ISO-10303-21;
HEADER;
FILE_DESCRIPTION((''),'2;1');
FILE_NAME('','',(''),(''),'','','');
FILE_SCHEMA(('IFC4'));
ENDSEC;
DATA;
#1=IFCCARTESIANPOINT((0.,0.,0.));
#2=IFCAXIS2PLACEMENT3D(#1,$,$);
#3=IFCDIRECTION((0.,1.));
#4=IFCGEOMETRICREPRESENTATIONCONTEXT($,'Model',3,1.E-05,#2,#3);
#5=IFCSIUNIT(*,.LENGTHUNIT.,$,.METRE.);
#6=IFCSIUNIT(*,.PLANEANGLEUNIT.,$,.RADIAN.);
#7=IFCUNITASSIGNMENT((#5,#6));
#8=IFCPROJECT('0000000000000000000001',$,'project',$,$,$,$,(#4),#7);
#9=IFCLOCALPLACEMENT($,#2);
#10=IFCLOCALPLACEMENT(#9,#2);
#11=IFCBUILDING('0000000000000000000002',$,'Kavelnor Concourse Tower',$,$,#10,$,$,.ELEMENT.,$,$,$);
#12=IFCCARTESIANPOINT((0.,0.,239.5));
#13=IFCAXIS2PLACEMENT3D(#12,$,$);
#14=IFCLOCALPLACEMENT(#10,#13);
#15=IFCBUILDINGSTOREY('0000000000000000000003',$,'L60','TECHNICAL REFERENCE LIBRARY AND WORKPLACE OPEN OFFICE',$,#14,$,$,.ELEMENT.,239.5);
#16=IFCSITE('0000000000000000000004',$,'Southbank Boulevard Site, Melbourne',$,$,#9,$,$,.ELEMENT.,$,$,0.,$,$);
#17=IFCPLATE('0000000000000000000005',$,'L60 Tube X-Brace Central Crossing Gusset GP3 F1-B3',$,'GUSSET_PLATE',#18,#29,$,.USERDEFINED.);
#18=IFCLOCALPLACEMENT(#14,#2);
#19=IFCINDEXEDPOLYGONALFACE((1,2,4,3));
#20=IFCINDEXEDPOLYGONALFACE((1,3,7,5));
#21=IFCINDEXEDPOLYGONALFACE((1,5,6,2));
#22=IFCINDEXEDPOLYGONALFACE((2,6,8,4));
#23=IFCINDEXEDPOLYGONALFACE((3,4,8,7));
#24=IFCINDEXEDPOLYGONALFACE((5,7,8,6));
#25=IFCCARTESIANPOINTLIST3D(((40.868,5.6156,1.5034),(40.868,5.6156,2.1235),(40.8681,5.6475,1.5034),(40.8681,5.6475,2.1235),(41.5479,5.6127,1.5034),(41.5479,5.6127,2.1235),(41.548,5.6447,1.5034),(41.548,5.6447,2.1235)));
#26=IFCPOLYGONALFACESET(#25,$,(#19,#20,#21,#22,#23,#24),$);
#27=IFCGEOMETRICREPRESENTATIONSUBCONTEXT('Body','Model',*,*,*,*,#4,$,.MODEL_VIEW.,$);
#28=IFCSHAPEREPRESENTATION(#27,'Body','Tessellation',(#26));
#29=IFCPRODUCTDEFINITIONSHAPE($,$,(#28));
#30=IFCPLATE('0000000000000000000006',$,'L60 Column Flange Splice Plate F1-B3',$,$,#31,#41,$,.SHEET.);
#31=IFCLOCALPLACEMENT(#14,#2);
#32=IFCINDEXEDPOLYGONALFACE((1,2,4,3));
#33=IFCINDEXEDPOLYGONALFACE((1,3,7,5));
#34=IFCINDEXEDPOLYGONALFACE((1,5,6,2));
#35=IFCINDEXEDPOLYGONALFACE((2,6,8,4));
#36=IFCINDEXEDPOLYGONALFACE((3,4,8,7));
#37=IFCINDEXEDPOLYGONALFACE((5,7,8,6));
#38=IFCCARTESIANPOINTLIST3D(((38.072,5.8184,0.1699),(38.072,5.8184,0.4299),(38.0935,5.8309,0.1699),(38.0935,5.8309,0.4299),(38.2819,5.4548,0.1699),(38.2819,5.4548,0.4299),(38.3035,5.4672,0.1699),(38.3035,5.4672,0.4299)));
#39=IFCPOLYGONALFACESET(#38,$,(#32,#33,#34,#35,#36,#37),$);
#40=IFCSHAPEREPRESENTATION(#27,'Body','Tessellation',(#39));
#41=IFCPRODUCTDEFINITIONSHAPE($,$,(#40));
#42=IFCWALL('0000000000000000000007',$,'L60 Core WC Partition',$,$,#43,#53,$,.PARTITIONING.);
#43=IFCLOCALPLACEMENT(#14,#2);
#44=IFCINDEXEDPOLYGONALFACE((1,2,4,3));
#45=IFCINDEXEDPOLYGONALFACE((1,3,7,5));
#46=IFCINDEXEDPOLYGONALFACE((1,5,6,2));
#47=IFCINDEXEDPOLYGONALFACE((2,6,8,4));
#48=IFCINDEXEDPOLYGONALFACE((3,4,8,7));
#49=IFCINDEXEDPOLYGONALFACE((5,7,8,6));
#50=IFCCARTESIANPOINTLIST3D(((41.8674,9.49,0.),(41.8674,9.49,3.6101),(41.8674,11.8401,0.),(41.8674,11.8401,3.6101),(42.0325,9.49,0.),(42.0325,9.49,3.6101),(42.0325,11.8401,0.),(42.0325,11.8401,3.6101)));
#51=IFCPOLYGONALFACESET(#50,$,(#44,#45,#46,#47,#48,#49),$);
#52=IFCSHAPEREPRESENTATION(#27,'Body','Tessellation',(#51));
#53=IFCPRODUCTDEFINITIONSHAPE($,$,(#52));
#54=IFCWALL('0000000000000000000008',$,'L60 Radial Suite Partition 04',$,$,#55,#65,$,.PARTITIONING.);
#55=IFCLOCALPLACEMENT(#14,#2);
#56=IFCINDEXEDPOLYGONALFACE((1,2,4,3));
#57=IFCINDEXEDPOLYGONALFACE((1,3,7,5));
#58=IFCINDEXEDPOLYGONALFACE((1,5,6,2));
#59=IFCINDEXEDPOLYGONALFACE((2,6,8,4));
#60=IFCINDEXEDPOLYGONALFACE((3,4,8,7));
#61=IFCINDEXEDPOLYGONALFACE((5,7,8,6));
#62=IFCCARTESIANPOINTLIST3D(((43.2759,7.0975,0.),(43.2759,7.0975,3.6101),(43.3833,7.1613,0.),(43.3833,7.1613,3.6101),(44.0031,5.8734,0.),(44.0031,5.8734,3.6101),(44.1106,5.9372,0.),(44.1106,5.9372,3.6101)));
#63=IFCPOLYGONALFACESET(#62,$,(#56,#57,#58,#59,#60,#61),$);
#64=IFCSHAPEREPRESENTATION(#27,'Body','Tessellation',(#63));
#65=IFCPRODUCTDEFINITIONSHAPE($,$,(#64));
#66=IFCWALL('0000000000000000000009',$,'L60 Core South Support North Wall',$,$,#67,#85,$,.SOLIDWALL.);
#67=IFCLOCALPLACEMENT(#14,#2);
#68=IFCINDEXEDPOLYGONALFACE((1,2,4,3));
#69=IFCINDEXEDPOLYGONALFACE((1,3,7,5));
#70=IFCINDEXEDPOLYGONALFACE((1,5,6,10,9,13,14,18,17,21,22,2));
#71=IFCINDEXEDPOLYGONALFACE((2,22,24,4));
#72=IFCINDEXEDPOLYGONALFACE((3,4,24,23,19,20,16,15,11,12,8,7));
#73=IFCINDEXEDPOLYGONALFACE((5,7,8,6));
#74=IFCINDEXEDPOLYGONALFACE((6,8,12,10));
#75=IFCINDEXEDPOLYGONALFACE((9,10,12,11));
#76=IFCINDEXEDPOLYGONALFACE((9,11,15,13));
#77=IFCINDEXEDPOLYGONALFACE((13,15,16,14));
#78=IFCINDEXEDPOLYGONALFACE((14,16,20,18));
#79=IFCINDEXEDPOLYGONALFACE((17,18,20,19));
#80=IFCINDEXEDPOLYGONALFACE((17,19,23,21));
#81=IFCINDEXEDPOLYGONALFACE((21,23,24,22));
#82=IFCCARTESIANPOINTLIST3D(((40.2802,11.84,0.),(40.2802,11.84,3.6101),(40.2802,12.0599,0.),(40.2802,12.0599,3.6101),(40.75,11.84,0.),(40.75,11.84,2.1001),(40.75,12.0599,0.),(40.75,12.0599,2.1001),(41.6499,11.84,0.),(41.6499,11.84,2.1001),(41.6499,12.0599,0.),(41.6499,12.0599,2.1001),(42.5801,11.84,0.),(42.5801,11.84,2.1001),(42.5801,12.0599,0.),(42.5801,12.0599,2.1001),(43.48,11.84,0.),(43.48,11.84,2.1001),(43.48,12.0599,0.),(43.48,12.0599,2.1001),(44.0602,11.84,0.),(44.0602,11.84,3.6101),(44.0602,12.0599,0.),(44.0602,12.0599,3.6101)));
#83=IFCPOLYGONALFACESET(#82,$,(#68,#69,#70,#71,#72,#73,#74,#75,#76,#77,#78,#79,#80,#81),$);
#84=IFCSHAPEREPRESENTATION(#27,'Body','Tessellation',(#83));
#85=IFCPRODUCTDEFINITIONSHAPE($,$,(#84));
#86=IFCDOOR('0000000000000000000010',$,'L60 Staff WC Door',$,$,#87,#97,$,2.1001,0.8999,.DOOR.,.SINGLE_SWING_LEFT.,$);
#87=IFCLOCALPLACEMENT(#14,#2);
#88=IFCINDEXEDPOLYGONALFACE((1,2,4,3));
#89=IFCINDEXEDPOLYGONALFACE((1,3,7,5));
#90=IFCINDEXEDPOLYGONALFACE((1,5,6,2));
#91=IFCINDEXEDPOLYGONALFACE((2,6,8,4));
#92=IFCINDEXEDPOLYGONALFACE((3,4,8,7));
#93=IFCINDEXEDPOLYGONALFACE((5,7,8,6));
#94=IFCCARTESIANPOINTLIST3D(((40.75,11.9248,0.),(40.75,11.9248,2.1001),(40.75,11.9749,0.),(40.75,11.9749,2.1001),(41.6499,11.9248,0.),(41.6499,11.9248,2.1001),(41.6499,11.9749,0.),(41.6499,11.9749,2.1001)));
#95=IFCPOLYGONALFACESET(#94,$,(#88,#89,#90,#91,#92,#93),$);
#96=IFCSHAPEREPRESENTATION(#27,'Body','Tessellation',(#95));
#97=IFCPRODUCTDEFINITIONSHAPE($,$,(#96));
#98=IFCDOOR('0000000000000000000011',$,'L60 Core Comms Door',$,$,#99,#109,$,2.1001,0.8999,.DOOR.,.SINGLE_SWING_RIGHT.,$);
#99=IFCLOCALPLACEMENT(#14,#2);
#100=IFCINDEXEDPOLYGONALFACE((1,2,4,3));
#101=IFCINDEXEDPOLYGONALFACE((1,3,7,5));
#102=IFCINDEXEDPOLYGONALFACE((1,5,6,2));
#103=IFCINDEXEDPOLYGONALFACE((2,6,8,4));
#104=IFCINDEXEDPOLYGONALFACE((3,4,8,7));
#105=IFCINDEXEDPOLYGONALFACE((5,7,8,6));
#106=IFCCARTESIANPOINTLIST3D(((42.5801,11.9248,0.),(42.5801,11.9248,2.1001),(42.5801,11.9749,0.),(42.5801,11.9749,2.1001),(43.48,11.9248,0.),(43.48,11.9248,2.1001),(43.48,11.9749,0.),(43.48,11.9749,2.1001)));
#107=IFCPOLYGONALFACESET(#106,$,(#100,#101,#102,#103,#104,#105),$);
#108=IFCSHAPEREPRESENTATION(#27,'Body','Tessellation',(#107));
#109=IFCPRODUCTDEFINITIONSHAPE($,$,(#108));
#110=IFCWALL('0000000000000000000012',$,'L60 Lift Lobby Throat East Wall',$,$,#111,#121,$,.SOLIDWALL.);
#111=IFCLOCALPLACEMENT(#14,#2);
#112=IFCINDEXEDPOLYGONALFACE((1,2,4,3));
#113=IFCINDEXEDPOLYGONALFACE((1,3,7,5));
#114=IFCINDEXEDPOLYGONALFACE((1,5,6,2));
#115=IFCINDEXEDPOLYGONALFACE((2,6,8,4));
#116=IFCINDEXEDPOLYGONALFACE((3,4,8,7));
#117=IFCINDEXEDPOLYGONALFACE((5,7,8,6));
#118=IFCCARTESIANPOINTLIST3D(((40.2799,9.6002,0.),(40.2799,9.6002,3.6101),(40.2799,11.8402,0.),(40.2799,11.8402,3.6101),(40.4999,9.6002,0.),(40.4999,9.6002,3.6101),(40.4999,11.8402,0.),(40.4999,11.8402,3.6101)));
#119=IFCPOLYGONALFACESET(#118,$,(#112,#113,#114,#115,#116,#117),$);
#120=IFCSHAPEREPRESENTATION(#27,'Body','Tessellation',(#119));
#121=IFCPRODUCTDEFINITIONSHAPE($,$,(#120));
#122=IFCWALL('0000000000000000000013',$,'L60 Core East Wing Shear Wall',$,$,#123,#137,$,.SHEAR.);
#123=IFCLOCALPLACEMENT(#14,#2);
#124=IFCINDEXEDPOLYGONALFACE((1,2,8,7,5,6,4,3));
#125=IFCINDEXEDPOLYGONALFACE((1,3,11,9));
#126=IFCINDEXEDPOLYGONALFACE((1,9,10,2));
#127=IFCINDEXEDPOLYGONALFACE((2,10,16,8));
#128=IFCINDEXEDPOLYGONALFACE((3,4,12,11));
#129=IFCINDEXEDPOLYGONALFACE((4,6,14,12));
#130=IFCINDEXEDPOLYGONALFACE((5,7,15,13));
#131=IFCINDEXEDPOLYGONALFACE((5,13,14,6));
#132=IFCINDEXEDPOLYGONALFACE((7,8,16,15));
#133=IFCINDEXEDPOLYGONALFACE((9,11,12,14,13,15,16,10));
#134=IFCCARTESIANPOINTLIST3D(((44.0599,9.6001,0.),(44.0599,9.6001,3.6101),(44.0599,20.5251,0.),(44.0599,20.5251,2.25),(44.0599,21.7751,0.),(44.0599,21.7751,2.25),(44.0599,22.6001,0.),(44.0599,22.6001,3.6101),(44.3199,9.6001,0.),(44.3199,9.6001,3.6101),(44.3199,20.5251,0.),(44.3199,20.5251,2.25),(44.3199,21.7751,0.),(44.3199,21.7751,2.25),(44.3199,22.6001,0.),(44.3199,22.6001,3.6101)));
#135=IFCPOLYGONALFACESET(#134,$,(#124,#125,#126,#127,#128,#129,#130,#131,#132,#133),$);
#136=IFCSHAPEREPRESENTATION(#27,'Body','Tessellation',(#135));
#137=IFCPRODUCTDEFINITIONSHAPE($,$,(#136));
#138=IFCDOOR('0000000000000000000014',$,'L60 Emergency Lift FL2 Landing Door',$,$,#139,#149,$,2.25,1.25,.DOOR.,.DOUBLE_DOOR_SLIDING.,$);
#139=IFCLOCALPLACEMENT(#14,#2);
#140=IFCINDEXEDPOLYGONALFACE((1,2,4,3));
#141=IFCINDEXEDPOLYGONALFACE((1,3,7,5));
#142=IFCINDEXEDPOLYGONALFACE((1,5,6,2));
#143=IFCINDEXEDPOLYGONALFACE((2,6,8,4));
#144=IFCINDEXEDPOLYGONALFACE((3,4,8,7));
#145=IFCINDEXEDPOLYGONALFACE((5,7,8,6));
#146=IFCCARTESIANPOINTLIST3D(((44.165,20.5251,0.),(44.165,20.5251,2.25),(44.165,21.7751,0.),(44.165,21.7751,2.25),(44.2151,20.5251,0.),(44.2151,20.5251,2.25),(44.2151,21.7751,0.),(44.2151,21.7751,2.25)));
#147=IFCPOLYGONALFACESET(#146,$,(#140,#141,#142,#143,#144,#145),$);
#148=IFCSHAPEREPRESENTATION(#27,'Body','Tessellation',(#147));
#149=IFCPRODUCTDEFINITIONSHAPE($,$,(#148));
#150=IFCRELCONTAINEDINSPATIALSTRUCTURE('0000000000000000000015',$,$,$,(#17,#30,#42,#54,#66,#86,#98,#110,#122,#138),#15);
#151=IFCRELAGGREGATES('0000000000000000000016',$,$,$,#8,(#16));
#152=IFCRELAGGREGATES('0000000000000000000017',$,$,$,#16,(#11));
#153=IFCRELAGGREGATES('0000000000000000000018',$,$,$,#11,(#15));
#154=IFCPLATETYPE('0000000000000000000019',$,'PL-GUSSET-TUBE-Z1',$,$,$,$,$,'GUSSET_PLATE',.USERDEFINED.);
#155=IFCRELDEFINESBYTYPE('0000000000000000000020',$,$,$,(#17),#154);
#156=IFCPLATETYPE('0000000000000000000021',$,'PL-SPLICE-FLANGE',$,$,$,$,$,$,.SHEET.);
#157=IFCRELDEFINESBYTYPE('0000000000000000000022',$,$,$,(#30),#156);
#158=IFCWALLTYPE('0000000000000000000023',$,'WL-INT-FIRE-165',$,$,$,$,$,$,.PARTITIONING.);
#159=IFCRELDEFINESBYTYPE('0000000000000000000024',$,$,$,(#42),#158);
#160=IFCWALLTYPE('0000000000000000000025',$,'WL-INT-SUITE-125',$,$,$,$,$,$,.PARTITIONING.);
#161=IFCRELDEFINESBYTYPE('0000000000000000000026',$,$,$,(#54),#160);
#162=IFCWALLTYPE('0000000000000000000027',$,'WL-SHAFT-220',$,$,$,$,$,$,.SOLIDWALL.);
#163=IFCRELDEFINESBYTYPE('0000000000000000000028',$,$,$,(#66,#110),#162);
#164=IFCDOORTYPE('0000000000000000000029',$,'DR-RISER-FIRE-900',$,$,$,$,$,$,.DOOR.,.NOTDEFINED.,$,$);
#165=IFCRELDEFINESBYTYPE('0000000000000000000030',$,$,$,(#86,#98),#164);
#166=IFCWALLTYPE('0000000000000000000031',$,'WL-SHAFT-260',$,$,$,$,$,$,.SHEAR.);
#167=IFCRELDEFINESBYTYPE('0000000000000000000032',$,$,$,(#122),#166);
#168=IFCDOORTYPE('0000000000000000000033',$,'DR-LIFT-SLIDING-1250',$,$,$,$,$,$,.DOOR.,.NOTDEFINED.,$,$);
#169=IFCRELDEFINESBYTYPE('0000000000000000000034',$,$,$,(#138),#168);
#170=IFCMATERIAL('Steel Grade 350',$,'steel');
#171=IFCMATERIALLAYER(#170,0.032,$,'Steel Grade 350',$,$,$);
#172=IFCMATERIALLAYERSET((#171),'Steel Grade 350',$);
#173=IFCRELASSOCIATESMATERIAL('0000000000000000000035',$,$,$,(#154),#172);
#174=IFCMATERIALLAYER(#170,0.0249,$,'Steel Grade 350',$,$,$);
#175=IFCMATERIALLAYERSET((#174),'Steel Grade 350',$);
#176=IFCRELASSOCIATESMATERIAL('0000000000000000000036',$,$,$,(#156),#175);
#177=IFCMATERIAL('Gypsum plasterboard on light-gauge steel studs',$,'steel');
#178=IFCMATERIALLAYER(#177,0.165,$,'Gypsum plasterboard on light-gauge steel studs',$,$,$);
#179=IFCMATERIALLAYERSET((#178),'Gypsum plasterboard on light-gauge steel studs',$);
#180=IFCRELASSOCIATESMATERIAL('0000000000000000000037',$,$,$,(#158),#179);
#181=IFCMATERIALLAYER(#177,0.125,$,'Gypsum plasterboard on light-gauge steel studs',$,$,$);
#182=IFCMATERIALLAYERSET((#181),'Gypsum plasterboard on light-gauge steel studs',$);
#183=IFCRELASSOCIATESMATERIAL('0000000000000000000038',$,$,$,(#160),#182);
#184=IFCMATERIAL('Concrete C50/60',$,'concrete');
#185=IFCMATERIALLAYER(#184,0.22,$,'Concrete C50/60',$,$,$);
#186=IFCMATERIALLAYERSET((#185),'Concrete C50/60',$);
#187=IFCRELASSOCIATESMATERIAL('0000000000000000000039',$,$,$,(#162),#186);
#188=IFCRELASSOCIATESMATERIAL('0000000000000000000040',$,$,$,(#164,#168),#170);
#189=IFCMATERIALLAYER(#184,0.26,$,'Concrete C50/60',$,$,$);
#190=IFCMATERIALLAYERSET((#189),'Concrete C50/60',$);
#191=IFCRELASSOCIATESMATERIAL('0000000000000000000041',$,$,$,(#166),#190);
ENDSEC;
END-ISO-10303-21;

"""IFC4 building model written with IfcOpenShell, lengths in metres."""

from ifc_helpers import new_model, si_unit, direction, frame, frame_2d, origin, origin_2d, place, context, subcontext, project, spatial, rectangle, extrude, material, layer, layer_set, type_object, element, fill, save


model = new_model("IFC4")

# Units and contexts
model_context = context("Model", 3, precision=1e-05, world=origin(), true_north=direction((0.0, 1.0)))
body_context = subcontext(model_context, "Body", "Model", "MODEL_VIEW")
ifc_project = project(units=[si_unit("LENGTHUNIT", "METRE"), si_unit("PLANEANGLEUNIT", "RADIAN")], contexts=[model_context])

# Site, building, storey
site_placement = place(None, origin())
site = spatial("IfcSite", under=ifc_project, at=site_placement, Name="Southbank Boulevard Site, Melbourne", CompositionType="ELEMENT", RefElevation=0.0)
building_placement = place(site_placement, origin())
building = spatial("IfcBuilding", under=site, at=building_placement, Name="Kavelnor Concourse Tower", CompositionType="ELEMENT")
storey_placement = place(building_placement, frame((0.0, 0.0, 239.5)))
storey = spatial("IfcBuildingStorey", under=building, at=storey_placement, Name="L60", Description="TECHNICAL REFERENCE LIBRARY AND WORKPLACE OPEN OFFICE", CompositionType="ELEMENT", Elevation=239.5)

# Shared definitions
ifc_material_1 = material(Name="Steel Grade 350", Category="steel")

# Plates
ifc_layer_1 = layer(ifc_material_1, 0.032, Name="Steel Grade 350")
ifc_layer_set_1 = layer_set([ifc_layer_1], Name="Steel Grade 350")
plate_type_1 = type_object("IfcPlateType", Name="PL-GUSSET-TUBE-Z1", ElementType="GUSSET_PLATE", PredefinedType="USERDEFINED", material=ifc_layer_set_1)
plate_1_placement = place(storey_placement, frame((41.208, 5.6301, 1.5034), z_axis=(0.0, 0.0, 1.0), x_axis=(0.999991, -0.004189, 0.0)))
element("IfcPlate", 1, at=plate_1_placement, inside=storey, type_object=plate_type_1, Name="L60 Tube X-Brace Central Crossing Gusset GP3 F1-B3", ObjectType="GUSSET_PLATE", PredefinedType="USERDEFINED", context=body_context, shape_type="SweptSolid", body=[
    extrude(rectangle(XDim=0.6799, YDim=0.032, at=origin_2d()), origin(), (0.0, 0.0, 1.0), 0.6201),
])
ifc_layer_2 = layer(ifc_material_1, 0.0249, Name="Steel Grade 350")
ifc_layer_set_2 = layer_set([ifc_layer_2], Name="Steel Grade 350")
plate_type_2 = type_object("IfcPlateType", Name="PL-SPLICE-FLANGE", PredefinedType="SHEET", material=ifc_layer_set_2)
plate_2_placement = place(storey_placement, frame((38.1877, 5.6428, 0.1699), z_axis=(0.0, 0.0, 1.0), x_axis=(-0.5, 0.866025, 0.0)))
element("IfcPlate", 2, at=plate_2_placement, inside=storey, type_object=plate_type_2, Name="L60 Column Flange Splice Plate F1-B3", PredefinedType="SHEET", context=body_context, shape_type="SweptSolid", body=[
    extrude(rectangle(XDim=0.4199, YDim=0.0249, at=origin_2d()), origin(), (0.0, 0.0, 1.0), 0.26),
])

# Walls
ifc_material_2 = material(Name="Gypsum plasterboard on light-gauge steel studs", Category="steel")
ifc_layer_3 = layer(ifc_material_2, 0.165, Name="Gypsum plasterboard on light-gauge steel studs")
ifc_layer_set_3 = layer_set([ifc_layer_3], Name="Gypsum plasterboard on light-gauge steel studs")
wall_type_1 = type_object("IfcWallType", Name="WL-INT-FIRE-165", PredefinedType="PARTITIONING", material=ifc_layer_set_3)
wall_1_placement = place(storey_placement, frame((41.95, 9.49, 0.0), z_axis=(0.0, 0.0, 1.0), x_axis=(0.0, 1.0, 0.0)))
element("IfcWall", 3, at=wall_1_placement, inside=storey, type_object=wall_type_1, Name="L60 Core WC Partition", PredefinedType="PARTITIONING", context=body_context, shape_type="SweptSolid", body=[
    extrude(rectangle(XDim=2.3501, YDim=0.165, at=frame_2d((1.175, 0.0))), origin(), (0.0, 0.0, 1.0), 3.6101),
])
ifc_layer_4 = layer(ifc_material_2, 0.125, Name="Gypsum plasterboard on light-gauge steel studs")
ifc_layer_set_4 = layer_set([ifc_layer_4], Name="Gypsum plasterboard on light-gauge steel studs")
wall_type_2 = type_object("IfcWallType", Name="WL-INT-SUITE-125", PredefinedType="PARTITIONING", material=ifc_layer_set_4)
wall_2_placement = place(storey_placement, frame((43.3296, 7.1294, 0.0), z_axis=(0.0, 0.0, 1.0), x_axis=(0.510784, -0.859709, 0.0)))
element("IfcWall", 4, at=wall_2_placement, inside=storey, type_object=wall_type_2, Name="L60 Radial Suite Partition 04", PredefinedType="PARTITIONING", context=body_context, shape_type="SweptSolid", body=[
    extrude(rectangle(XDim=1.4238, YDim=0.125, at=frame_2d((0.7119, 0.0))), origin(), (0.0, 0.0, 1.0), 3.6101),
])

# Wall, openings, doors
ifc_material_3 = material(Name="Concrete C50/60", Category="concrete")
ifc_layer_5 = layer(ifc_material_3, 0.22, Name="Concrete C50/60")
ifc_layer_set_5 = layer_set([ifc_layer_5], Name="Concrete C50/60")
wall_type_3 = type_object("IfcWallType", Name="WL-SHAFT-220", PredefinedType="SOLIDWALL", material=ifc_layer_set_5)
wall_3_placement = place(storey_placement, frame((40.28, 11.95, 0.0), z_axis=(0.0, 0.0, 1.0), x_axis=(1.0, 0.0, 0.0)))
wall_3 = element("IfcWall", 5, at=wall_3_placement, inside=storey, type_object=wall_type_3, Name="L60 Core South Support North Wall", PredefinedType="SOLIDWALL", context=body_context, shape_type="SweptSolid", body=[
    extrude(rectangle(XDim=3.78, YDim=0.22, at=frame_2d((1.8901, 0.0))), origin(), (0.0, 0.0, 1.0), 3.6101),
])
opening_1_placement = place(wall_3_placement, frame((0.47, 0.0, 0.0)))
opening_1 = element("IfcOpeningElement", 6, at=opening_1_placement, cuts=wall_3, PredefinedType="OPENING", context=body_context, shape_type="SweptSolid", body=[
    extrude(rectangle(XDim=0.8999, YDim=2.1001, at=frame_2d((0.45, 1.05))), frame((0.0, 0.1201, 0.0), z_axis=(0.0, -1.0, 0.0), x_axis=(1.0, 0.0, 0.0)), (0.0, 0.0, 1.0), 0.24),
])
opening_2_placement = place(wall_3_placement, frame((2.3, 0.0, 0.0)))
opening_2 = element("IfcOpeningElement", 7, at=opening_2_placement, cuts=wall_3, PredefinedType="OPENING", context=body_context, shape_type="SweptSolid", body=[
    extrude(rectangle(XDim=0.8999, YDim=2.1001, at=frame_2d((0.45, 1.05))), frame((0.0, 0.1201, 0.0), z_axis=(0.0, -1.0, 0.0), x_axis=(1.0, 0.0, 0.0)), (0.0, 0.0, 1.0), 0.24),
])
door_type_1 = type_object("IfcDoorType", Name="DR-RISER-FIRE-900", OperationType="NOTDEFINED", PredefinedType="DOOR", material=ifc_material_1)
door_1_placement = place(opening_1_placement, origin())
door_1 = element("IfcDoor", 8, at=door_1_placement, inside=storey, type_object=door_type_1, Name="L60 Staff WC Door", OperationType="SINGLE_SWING_LEFT", OverallHeight=2.1001, OverallWidth=0.8999, PredefinedType="DOOR", context=body_context, shape_type="SweptSolid", body=[
    extrude(rectangle(XDim=0.8999, YDim=2.1001, at=frame_2d((0.45, 1.05))), frame((0.0, 0.0249, 0.0), z_axis=(0.0, -1.0, 0.0), x_axis=(1.0, 0.0, 0.0)), (0.0, 0.0, 1.0), 0.05),
])
fill(opening_1, door_1)
door_2_placement = place(opening_2_placement, origin())
door_2 = element("IfcDoor", 9, at=door_2_placement, inside=storey, type_object=door_type_1, Name="L60 Core Comms Door", OperationType="SINGLE_SWING_RIGHT", OverallHeight=2.1001, OverallWidth=0.8999, PredefinedType="DOOR", context=body_context, shape_type="SweptSolid", body=[
    extrude(rectangle(XDim=0.8999, YDim=2.1001, at=frame_2d((0.45, 1.05))), frame((0.0, 0.0249, 0.0), z_axis=(0.0, -1.0, 0.0), x_axis=(1.0, 0.0, 0.0)), (0.0, 0.0, 1.0), 0.05),
])
fill(opening_2, door_2)

# Wall
wall_4_placement = place(storey_placement, frame((40.3899, 9.6001, 0.0), z_axis=(0.0, 0.0, 1.0), x_axis=(0.0, 1.0, 0.0)))
element("IfcWall", 10, at=wall_4_placement, inside=storey, type_object=wall_type_3, Name="L60 Lift Lobby Throat East Wall", PredefinedType="SOLIDWALL", context=body_context, shape_type="SweptSolid", body=[
    extrude(rectangle(XDim=2.24, YDim=0.22, at=frame_2d((1.1201, 0.0))), origin(), (0.0, 0.0, 1.0), 3.6101),
])

# Wall, opening, door
ifc_layer_6 = layer(ifc_material_3, 0.26, Name="Concrete C50/60")
ifc_layer_set_6 = layer_set([ifc_layer_6], Name="Concrete C50/60")
wall_type_4 = type_object("IfcWallType", Name="WL-SHAFT-260", PredefinedType="SHEAR", material=ifc_layer_set_6)
wall_5_placement = place(storey_placement, frame((44.1899, 9.6001, 0.0), z_axis=(0.0, 0.0, 1.0), x_axis=(0.0, 1.0, 0.0)))
wall_5 = element("IfcWall", 11, at=wall_5_placement, inside=storey, type_object=wall_type_4, Name="L60 Core East Wing Shear Wall", PredefinedType="SHEAR", context=body_context, shape_type="SweptSolid", body=[
    extrude(rectangle(XDim=13.0, YDim=0.26, at=frame_2d((6.5, 0.0))), origin(), (0.0, 0.0, 1.0), 3.6101),
])
opening_3_placement = place(wall_5_placement, frame((10.925, 0.0, 0.0)))
opening_3 = element("IfcOpeningElement", 12, at=opening_3_placement, cuts=wall_5, PredefinedType="OPENING", context=body_context, shape_type="SweptSolid", body=[
    extrude(rectangle(XDim=1.25, YDim=2.25, at=frame_2d((0.625, 1.125))), frame((0.0, 0.1401, 0.0), z_axis=(0.0, -1.0, 0.0), x_axis=(1.0, 0.0, 0.0)), (0.0, 0.0, 1.0), 0.28),
])
door_type_2 = type_object("IfcDoorType", Name="DR-LIFT-SLIDING-1250", OperationType="NOTDEFINED", PredefinedType="DOOR", material=ifc_material_1)
door_3_placement = place(opening_3_placement, origin())
door_3 = element("IfcDoor", 13, at=door_3_placement, inside=storey, type_object=door_type_2, Name="L60 Emergency Lift FL2 Landing Door", OperationType="DOUBLE_DOOR_SLIDING", OverallHeight=2.25, OverallWidth=1.25, PredefinedType="DOOR", context=body_context, shape_type="SweptSolid", body=[
    extrude(rectangle(XDim=1.25, YDim=2.25, at=frame_2d((0.625, 1.125))), frame((0.0, 0.0249, 0.0), z_axis=(0.0, -1.0, 0.0), x_axis=(1.0, 0.0, 0.0)), (0.0, 0.0, 1.0), 0.05),
])
fill(opening_3, door_3)

save(model, "model.ifc")
